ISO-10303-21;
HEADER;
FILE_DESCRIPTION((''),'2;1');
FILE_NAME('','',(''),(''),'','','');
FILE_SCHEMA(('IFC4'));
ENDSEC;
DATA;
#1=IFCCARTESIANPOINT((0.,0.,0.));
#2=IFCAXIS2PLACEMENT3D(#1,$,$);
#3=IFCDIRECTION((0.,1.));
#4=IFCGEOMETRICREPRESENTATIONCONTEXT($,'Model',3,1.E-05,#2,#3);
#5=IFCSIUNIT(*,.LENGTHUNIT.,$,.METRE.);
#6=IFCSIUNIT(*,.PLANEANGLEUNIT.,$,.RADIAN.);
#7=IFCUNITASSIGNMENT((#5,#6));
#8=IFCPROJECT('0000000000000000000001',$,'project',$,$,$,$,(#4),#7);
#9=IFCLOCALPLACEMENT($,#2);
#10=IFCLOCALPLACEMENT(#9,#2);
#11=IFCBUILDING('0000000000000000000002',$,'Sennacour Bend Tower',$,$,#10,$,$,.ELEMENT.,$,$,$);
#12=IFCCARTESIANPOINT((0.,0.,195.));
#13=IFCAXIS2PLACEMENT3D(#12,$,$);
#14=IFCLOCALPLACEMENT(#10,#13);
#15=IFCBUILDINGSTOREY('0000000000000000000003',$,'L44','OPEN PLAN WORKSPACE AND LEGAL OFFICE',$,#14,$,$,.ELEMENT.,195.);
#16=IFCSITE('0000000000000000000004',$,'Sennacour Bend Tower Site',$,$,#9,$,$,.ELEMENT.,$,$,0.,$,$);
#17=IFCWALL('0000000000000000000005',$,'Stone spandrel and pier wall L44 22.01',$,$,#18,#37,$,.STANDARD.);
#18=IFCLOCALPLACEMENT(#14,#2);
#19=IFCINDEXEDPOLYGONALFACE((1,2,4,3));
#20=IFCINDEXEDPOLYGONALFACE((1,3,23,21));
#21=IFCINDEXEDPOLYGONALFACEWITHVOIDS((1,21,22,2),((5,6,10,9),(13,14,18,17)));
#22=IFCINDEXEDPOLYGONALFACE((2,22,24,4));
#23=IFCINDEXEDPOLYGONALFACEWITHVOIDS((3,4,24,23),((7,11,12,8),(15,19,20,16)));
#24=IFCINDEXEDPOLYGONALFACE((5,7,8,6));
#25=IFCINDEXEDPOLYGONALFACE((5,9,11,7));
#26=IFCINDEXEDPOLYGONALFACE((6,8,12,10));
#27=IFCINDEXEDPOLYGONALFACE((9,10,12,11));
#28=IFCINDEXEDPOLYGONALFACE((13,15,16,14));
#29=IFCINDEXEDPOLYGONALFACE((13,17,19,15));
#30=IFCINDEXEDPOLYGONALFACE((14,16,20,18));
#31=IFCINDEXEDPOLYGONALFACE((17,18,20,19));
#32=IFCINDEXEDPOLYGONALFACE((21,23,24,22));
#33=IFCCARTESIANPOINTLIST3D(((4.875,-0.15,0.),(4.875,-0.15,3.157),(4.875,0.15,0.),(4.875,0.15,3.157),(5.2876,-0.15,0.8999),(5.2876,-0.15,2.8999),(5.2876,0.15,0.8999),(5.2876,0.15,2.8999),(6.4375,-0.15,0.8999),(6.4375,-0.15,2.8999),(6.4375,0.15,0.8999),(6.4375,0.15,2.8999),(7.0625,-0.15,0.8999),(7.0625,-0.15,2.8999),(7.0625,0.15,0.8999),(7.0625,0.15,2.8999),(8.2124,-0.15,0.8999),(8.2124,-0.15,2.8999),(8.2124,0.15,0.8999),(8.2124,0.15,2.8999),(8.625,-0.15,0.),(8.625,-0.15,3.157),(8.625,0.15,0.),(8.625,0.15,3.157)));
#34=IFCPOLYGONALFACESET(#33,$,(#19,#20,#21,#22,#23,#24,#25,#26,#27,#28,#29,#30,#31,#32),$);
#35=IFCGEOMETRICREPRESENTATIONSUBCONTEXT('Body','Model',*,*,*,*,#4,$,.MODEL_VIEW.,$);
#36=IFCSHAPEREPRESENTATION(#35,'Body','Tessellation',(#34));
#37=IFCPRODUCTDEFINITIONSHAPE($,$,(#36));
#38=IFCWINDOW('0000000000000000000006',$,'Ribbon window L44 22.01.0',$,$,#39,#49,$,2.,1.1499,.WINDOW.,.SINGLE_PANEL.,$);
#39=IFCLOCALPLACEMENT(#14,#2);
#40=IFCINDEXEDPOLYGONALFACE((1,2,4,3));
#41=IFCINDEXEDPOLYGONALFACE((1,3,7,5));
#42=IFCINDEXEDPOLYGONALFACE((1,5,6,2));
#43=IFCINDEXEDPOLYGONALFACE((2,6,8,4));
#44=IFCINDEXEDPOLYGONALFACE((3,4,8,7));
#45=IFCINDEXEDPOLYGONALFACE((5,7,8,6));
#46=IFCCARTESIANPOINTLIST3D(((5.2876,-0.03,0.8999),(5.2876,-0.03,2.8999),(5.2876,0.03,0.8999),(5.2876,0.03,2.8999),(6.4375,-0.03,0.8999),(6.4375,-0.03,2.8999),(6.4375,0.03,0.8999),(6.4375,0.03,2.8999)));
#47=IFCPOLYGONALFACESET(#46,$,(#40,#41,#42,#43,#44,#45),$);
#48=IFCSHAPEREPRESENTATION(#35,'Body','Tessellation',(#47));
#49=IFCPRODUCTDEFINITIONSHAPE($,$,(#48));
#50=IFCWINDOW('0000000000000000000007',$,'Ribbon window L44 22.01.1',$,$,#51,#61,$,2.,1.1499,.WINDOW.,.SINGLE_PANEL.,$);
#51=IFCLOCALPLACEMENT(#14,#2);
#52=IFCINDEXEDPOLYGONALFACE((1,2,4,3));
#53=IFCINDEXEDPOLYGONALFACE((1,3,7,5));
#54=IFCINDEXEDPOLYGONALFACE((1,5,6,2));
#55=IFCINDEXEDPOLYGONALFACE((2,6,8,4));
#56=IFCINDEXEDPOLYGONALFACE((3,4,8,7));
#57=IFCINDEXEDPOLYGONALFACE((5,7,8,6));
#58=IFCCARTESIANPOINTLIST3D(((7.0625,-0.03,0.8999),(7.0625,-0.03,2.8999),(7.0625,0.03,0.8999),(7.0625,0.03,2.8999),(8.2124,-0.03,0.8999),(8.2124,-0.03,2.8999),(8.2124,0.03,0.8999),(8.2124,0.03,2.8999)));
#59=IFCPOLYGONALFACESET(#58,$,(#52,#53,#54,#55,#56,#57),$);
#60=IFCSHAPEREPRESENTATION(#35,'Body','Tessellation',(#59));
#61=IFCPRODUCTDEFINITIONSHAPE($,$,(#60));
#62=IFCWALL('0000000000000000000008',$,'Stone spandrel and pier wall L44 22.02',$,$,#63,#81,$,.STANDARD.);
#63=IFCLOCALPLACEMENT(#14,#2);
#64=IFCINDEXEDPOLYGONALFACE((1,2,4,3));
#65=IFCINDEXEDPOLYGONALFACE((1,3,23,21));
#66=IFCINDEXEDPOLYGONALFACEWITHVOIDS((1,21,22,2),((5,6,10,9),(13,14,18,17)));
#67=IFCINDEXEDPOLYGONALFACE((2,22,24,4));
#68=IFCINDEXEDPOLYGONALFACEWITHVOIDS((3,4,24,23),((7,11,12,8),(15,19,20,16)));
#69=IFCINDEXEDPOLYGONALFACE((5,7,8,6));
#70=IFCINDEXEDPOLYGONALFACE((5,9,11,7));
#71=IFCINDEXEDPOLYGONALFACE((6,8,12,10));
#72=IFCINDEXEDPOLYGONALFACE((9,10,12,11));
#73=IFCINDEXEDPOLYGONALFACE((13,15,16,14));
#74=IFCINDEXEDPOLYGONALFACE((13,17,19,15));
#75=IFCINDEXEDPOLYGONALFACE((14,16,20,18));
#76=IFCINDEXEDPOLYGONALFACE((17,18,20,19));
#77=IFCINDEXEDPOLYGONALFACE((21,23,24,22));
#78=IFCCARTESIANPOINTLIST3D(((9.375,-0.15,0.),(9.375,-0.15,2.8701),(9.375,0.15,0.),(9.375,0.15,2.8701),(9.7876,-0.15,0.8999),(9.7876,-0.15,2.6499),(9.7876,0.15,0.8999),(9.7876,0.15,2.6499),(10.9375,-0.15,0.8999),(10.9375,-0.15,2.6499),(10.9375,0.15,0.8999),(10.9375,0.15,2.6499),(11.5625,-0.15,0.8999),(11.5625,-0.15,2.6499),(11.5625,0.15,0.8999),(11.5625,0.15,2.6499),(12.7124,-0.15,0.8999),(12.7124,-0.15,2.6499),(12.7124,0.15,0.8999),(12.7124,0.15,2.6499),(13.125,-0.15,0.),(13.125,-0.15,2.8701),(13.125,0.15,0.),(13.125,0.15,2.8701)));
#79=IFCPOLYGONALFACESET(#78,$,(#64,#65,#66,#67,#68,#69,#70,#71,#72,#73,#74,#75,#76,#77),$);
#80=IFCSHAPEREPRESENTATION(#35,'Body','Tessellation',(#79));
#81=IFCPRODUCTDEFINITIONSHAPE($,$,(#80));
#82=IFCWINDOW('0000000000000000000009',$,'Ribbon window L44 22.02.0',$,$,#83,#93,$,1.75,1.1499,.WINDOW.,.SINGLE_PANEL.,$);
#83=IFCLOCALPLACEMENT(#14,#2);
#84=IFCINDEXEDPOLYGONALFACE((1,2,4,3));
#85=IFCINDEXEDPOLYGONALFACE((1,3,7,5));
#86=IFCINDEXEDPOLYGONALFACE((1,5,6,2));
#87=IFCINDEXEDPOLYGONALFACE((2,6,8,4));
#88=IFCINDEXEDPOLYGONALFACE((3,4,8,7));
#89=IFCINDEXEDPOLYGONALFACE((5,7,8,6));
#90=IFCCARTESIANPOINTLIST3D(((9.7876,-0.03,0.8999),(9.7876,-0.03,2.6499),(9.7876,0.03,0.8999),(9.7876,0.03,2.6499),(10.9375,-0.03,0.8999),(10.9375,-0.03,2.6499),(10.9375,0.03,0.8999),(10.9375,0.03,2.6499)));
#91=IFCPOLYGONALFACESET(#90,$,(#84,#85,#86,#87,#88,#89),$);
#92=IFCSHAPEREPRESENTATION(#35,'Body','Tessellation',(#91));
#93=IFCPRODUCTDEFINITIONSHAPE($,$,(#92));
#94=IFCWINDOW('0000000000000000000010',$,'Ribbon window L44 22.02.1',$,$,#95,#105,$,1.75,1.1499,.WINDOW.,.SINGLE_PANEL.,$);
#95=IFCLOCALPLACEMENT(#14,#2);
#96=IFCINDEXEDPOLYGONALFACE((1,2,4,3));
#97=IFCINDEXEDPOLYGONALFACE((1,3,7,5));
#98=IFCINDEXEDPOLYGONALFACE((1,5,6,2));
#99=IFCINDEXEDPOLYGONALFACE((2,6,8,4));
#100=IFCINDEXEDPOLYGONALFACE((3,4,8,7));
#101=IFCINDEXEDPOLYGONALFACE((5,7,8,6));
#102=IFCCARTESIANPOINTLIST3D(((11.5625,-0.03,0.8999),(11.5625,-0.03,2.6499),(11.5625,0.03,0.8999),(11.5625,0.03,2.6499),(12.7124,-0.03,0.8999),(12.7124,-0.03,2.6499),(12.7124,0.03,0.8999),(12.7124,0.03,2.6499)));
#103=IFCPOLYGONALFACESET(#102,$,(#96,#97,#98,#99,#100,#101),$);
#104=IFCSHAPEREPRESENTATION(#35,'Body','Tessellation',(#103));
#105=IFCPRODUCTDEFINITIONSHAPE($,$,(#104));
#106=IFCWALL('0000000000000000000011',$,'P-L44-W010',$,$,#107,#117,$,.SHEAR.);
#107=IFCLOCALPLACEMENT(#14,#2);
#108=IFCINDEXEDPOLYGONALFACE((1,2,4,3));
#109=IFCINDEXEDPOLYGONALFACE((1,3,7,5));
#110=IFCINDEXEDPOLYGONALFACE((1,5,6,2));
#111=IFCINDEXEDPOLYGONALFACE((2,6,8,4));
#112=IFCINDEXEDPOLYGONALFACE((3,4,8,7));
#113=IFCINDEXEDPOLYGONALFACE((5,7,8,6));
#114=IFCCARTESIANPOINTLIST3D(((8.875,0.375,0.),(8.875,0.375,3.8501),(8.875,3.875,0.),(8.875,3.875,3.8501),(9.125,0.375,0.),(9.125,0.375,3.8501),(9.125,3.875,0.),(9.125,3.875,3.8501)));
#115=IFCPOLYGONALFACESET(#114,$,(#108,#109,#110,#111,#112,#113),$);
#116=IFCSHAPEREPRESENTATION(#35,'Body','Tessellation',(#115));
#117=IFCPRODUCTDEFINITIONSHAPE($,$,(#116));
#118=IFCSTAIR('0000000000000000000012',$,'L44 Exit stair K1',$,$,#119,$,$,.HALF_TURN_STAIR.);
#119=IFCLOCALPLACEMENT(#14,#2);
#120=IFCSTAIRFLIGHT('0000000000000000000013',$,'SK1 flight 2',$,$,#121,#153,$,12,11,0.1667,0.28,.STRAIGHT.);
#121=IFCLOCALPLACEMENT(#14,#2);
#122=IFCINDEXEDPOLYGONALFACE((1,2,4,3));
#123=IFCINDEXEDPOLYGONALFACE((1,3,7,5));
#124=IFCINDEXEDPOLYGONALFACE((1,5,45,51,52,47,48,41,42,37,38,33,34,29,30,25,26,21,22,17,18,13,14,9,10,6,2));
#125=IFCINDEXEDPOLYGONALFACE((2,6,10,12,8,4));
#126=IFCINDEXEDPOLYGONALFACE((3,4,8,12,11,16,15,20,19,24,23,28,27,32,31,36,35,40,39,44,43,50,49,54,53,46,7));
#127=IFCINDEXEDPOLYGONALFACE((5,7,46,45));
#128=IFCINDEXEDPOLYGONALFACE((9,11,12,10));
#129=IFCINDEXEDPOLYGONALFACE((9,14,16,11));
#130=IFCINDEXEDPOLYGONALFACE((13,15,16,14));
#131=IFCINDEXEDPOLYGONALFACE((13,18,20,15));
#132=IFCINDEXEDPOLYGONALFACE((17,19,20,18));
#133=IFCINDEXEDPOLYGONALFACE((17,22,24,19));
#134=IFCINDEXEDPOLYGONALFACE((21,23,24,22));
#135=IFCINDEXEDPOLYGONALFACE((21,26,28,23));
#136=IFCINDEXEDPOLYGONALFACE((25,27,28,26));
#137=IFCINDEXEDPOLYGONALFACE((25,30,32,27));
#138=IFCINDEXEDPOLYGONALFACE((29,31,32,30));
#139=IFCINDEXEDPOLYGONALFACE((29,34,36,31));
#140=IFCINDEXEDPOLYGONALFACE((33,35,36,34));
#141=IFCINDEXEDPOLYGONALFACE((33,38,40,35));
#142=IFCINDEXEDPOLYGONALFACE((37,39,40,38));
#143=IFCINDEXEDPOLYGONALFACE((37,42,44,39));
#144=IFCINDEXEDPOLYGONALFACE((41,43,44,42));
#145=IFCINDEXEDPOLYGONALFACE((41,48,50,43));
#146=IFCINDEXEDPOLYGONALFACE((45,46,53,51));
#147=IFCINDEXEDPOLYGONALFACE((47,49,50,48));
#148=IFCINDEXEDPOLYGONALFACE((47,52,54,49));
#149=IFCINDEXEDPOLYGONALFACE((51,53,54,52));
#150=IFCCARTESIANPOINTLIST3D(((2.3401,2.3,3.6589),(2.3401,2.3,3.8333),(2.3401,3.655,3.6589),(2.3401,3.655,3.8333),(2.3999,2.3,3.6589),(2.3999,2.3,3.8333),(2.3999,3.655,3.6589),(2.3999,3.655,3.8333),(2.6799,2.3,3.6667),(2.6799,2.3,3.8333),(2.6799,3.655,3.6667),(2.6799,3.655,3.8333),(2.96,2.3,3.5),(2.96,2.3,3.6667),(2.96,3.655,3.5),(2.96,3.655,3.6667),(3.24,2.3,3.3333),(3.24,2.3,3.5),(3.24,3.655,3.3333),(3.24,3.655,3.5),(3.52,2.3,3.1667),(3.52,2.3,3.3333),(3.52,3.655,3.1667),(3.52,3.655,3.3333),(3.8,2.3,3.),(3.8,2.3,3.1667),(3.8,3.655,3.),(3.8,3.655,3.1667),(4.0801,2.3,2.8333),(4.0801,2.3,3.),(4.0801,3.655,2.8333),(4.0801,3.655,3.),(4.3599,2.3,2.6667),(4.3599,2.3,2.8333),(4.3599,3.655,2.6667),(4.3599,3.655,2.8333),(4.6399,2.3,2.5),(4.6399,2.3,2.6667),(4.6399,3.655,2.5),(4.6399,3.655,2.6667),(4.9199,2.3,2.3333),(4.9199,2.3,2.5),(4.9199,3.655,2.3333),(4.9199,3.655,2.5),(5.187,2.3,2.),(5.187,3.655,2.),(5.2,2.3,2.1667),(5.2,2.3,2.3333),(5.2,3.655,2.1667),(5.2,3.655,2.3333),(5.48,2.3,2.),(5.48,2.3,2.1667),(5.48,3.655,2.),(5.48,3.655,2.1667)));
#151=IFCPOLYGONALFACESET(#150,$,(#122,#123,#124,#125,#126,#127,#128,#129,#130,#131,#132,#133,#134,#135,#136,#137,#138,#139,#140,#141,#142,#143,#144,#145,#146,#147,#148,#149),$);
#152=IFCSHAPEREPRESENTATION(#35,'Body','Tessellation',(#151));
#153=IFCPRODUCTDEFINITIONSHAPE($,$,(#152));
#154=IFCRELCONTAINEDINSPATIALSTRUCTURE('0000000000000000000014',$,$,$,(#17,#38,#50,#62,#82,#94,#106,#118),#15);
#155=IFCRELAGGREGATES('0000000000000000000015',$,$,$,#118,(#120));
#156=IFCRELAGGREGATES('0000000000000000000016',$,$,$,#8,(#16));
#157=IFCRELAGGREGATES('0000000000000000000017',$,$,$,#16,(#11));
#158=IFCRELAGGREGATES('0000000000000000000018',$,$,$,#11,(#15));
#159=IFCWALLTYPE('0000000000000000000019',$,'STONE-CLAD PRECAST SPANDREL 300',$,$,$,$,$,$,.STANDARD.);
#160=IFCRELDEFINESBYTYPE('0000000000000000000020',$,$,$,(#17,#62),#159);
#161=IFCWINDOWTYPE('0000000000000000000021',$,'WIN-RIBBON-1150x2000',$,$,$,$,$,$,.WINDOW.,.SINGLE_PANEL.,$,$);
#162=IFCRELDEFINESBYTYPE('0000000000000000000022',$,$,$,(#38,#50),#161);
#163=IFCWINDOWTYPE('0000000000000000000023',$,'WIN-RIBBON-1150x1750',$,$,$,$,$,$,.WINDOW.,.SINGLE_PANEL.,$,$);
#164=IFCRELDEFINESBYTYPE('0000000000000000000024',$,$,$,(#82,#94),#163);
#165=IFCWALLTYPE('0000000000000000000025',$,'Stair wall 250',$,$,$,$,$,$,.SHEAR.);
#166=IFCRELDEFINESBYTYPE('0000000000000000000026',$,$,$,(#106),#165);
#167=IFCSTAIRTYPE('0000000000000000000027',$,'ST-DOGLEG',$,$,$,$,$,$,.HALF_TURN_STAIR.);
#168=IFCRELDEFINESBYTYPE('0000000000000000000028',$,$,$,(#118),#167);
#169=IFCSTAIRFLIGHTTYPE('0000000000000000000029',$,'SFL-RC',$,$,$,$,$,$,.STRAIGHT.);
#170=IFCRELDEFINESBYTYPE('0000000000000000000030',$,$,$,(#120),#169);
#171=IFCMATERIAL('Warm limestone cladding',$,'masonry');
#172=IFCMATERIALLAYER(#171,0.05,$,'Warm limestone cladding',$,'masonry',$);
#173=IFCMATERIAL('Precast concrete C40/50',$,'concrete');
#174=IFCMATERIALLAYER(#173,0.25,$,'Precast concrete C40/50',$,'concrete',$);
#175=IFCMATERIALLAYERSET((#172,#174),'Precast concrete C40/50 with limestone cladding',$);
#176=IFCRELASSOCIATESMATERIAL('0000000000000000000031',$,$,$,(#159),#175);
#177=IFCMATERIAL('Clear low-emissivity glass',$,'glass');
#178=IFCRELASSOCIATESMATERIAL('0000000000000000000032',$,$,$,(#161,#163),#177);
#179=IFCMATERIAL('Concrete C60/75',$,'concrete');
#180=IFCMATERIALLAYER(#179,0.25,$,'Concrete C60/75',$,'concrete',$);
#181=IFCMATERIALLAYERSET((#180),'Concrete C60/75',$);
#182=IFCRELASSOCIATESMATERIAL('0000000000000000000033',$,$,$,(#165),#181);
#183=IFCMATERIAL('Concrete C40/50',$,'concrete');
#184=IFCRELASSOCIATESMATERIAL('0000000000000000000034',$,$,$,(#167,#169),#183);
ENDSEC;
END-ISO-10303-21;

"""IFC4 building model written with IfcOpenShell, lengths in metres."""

from ifc_helpers import new_model, si_unit, direction, frame, frame_2d, origin, place, context, subcontext, project, spatial, polyline, rectangle, outline, extrude, material, layer, layer_set, type_object, element, fill, aggregate, save


model = new_model("IFC4")

# Units and contexts
model_context = context("Model", 3, precision=1e-05, world=origin(), true_north=direction((0.0, 1.0)))
body_context = subcontext(model_context, "Body", "Model", "MODEL_VIEW")
ifc_project = project(units=[si_unit("LENGTHUNIT", "METRE"), si_unit("PLANEANGLEUNIT", "RADIAN")], contexts=[model_context])

# Site, building, storey
site_placement = place(None, origin())
site = spatial("IfcSite", under=ifc_project, at=site_placement, Name="Sennacour Bend Tower Site", CompositionType="ELEMENT", RefElevation=0.0)
building_placement = place(site_placement, origin())
building = spatial("IfcBuilding", under=site, at=building_placement, Name="Sennacour Bend Tower", CompositionType="ELEMENT")
storey_placement = place(building_placement, frame((0.0, 0.0, 195.0)))
storey = spatial("IfcBuildingStorey", under=building, at=storey_placement, Name="L44", Description="OPEN PLAN WORKSPACE AND LEGAL OFFICE", CompositionType="ELEMENT", Elevation=195.0)

# Walls, openings, windows
ifc_material_1 = material(Name="Warm limestone cladding", Category="masonry")
ifc_layer_1 = layer(ifc_material_1, 0.05, Name="Warm limestone cladding", Category="masonry")
ifc_material_2 = material(Name="Precast concrete C40/50", Category="concrete")
ifc_layer_2 = layer(ifc_material_2, 0.25, Name="Precast concrete C40/50", Category="concrete")
ifc_layer_set_1 = layer_set([ifc_layer_1, ifc_layer_2], Name="Precast concrete C40/50 with limestone cladding")
wall_type_1 = type_object("IfcWallType", Name="STONE-CLAD PRECAST SPANDREL 300", PredefinedType="STANDARD", material=ifc_layer_set_1)
wall_1_placement = place(storey_placement, frame((4.875, 0.0, 0.0), z_axis=(0.0, 0.0, 1.0), x_axis=(1.0, 0.0, 0.0)))
wall_1 = element("IfcWall", 1, at=wall_1_placement, inside=storey, type_object=wall_type_1, Name="Stone spandrel and pier wall L44 22.01", PredefinedType="STANDARD", context=body_context, shape_type="SweptSolid", body=[
    extrude(rectangle(XDim=3.75, YDim=0.3, at=frame_2d((1.875, 0.0))), origin(), (0.0, 0.0, 1.0), 3.157),
])
opening_1_placement = place(wall_1_placement, frame((0.4126, 0.0, 0.8999)))
opening_1 = element("IfcOpeningElement", 2, at=opening_1_placement, cuts=wall_1, PredefinedType="OPENING", context=body_context, shape_type="SweptSolid", body=[
    extrude(rectangle(XDim=1.1499, YDim=2.0, at=frame_2d((0.575, 1.0))), frame((0.0, 0.1602, 0.0), z_axis=(0.0, -1.0, 0.0), x_axis=(1.0, 0.0, 0.0)), (0.0, 0.0, 1.0), 0.3201),
])
opening_2_placement = place(wall_1_placement, frame((2.1875, 0.0, 0.8999)))
opening_2 = element("IfcOpeningElement", 3, at=opening_2_placement, cuts=wall_1, PredefinedType="OPENING", context=body_context, shape_type="SweptSolid", body=[
    extrude(rectangle(XDim=1.1499, YDim=2.0, at=frame_2d((0.575, 1.0))), frame((0.0, 0.1602, 0.0), z_axis=(0.0, -1.0, 0.0), x_axis=(1.0, 0.0, 0.0)), (0.0, 0.0, 1.0), 0.3201),
])
ifc_material_3 = material(Name="Clear low-emissivity glass", Category="glass")
window_type_1 = type_object("IfcWindowType", Name="WIN-RIBBON-1150x2000", PartitioningType="SINGLE_PANEL", PredefinedType="WINDOW", material=ifc_material_3)
window_1_placement = place(opening_1_placement, origin())
window_1 = element("IfcWindow", 4, at=window_1_placement, inside=storey, type_object=window_type_1, Name="Ribbon window L44 22.01.0", OverallHeight=2.0, OverallWidth=1.1499, PartitioningType="SINGLE_PANEL", PredefinedType="WINDOW", context=body_context, shape_type="SweptSolid", body=[
    extrude(rectangle(XDim=1.1499, YDim=2.0, at=frame_2d((0.575, 1.0))), frame((0.0, 0.03, 0.0), z_axis=(0.0, -1.0, 0.0), x_axis=(1.0, 0.0, 0.0)), (0.0, 0.0, 1.0), 0.0601),
])
fill(opening_1, window_1)
window_2_placement = place(opening_2_placement, origin())
window_2 = element("IfcWindow", 5, at=window_2_placement, inside=storey, type_object=window_type_1, Name="Ribbon window L44 22.01.1", OverallHeight=2.0, OverallWidth=1.1499, PartitioningType="SINGLE_PANEL", PredefinedType="WINDOW", context=body_context, shape_type="SweptSolid", body=[
    extrude(rectangle(XDim=1.1499, YDim=2.0, at=frame_2d((0.575, 1.0))), frame((0.0, 0.03, 0.0), z_axis=(0.0, -1.0, 0.0), x_axis=(1.0, 0.0, 0.0)), (0.0, 0.0, 1.0), 0.0601),
])
fill(opening_2, window_2)
wall_2_placement = place(storey_placement, frame((9.375, 0.0, 0.0), z_axis=(0.0, 0.0, 1.0), x_axis=(1.0, 0.0, 0.0)))
wall_2 = element("IfcWall", 6, at=wall_2_placement, inside=storey, type_object=wall_type_1, Name="Stone spandrel and pier wall L44 22.02", PredefinedType="STANDARD", context=body_context, shape_type="SweptSolid", body=[
    extrude(rectangle(XDim=3.75, YDim=0.3, at=frame_2d((1.875, 0.0))), origin(), (0.0, 0.0, 1.0), 2.8701),
])
opening_3_placement = place(wall_2_placement, frame((0.4126, 0.0, 0.8999)))
opening_3 = element("IfcOpeningElement", 7, at=opening_3_placement, cuts=wall_2, PredefinedType="OPENING", context=body_context, shape_type="SweptSolid", body=[
    extrude(rectangle(XDim=1.1499, YDim=1.75, at=frame_2d((0.575, 0.875))), frame((0.0, 0.1602, 0.0), z_axis=(0.0, -1.0, 0.0), x_axis=(1.0, 0.0, 0.0)), (0.0, 0.0, 1.0), 0.3201),
])
opening_4_placement = place(wall_2_placement, frame((2.1875, 0.0, 0.8999)))
opening_4 = element("IfcOpeningElement", 8, at=opening_4_placement, cuts=wall_2, PredefinedType="OPENING", context=body_context, shape_type="SweptSolid", body=[
    extrude(rectangle(XDim=1.1499, YDim=1.75, at=frame_2d((0.575, 0.875))), frame((0.0, 0.1602, 0.0), z_axis=(0.0, -1.0, 0.0), x_axis=(1.0, 0.0, 0.0)), (0.0, 0.0, 1.0), 0.3201),
])
window_type_2 = type_object("IfcWindowType", Name="WIN-RIBBON-1150x1750", PartitioningType="SINGLE_PANEL", PredefinedType="WINDOW", material=ifc_material_3)
window_3_placement = place(opening_3_placement, origin())
window_3 = element("IfcWindow", 9, at=window_3_placement, inside=storey, type_object=window_type_2, Name="Ribbon window L44 22.02.0", OverallHeight=1.75, OverallWidth=1.1499, PartitioningType="SINGLE_PANEL", PredefinedType="WINDOW", context=body_context, shape_type="SweptSolid", body=[
    extrude(rectangle(XDim=1.1499, YDim=1.75, at=frame_2d((0.575, 0.875))), frame((0.0, 0.03, 0.0), z_axis=(0.0, -1.0, 0.0), x_axis=(1.0, 0.0, 0.0)), (0.0, 0.0, 1.0), 0.0601),
])
fill(opening_3, window_3)
window_4_placement = place(opening_4_placement, origin())
window_4 = element("IfcWindow", 10, at=window_4_placement, inside=storey, type_object=window_type_2, Name="Ribbon window L44 22.02.1", OverallHeight=1.75, OverallWidth=1.1499, PartitioningType="SINGLE_PANEL", PredefinedType="WINDOW", context=body_context, shape_type="SweptSolid", body=[
    extrude(rectangle(XDim=1.1499, YDim=1.75, at=frame_2d((0.575, 0.875))), frame((0.0, 0.03, 0.0), z_axis=(0.0, -1.0, 0.0), x_axis=(1.0, 0.0, 0.0)), (0.0, 0.0, 1.0), 0.0601),
])
fill(opening_4, window_4)

# Wall
ifc_material_4 = material(Name="Concrete C60/75", Category="concrete")
ifc_layer_3 = layer(ifc_material_4, 0.25, Name="Concrete C60/75", Category="concrete")
ifc_layer_set_2 = layer_set([ifc_layer_3], Name="Concrete C60/75")
wall_type_2 = type_object("IfcWallType", Name="Stair wall 250", PredefinedType="SHEAR", material=ifc_layer_set_2)
wall_3_placement = place(storey_placement, frame((9.0, 0.375, 0.0), z_axis=(0.0, 0.0, 1.0), x_axis=(0.0, 1.0, 0.0)))
element("IfcWall", 11, at=wall_3_placement, inside=storey, type_object=wall_type_2, Name="P-L44-W010", PredefinedType="SHEAR", context=body_context, shape_type="SweptSolid", body=[
    extrude(rectangle(XDim=3.5, YDim=0.25, at=frame_2d((1.75, 0.0))), origin(), (0.0, 0.0, 1.0), 3.8501),
])

# Stair, stair flight
ifc_material_5 = material(Name="Concrete C40/50", Category="concrete")
stair_type = type_object("IfcStairType", Name="ST-DOGLEG", PredefinedType="HALF_TURN_STAIR", material=ifc_material_5)
stair_placement = place(storey_placement, origin())
stair = element("IfcStair", 12, at=stair_placement, inside=storey, type_object=stair_type, Name="L44 Exit stair K1", PredefinedType="HALF_TURN_STAIR")
stair_flight_type = type_object("IfcStairFlightType", Name="SFL-RC", PredefinedType="STRAIGHT", material=ifc_material_5)
stair_flight_placement = place(storey_placement, frame((5.48, 2.9775, 2.0), z_axis=(0.0, 0.0, 1.0), x_axis=(-1.0, 0.0, 0.0)))
stair_flight = element("IfcStairFlight", 13, at=stair_flight_placement, type_object=stair_flight_type, Name="SK1 flight 2", NumberOfRisers=12, NumberOfTreads=11, PredefinedType="STRAIGHT", RiserHeight=0.1667, TreadLength=0.28, context=body_context, shape_type="SweptSolid", body=[
    extrude(outline(polyline([(0.0, 0.0), (0.0, 0.1667), (0.28, 0.1667), (0.28, 0.3333), (0.5601, 0.3333), (0.5601, 0.5), (0.8401, 0.5), (0.8401, 0.6667), (1.1201, 0.6667), (1.1201, 0.8333), (1.3999, 0.8333), (1.3999, 1.0), (1.6799, 1.0), (1.6799, 1.1667), (1.96, 1.1667), (1.96, 1.3333), (2.24, 1.3333), (2.24, 1.5), (2.52, 1.5), (2.52, 1.6667), (2.8, 1.6667), (2.8, 1.8333), (3.0801, 1.8333), (3.1399, 1.8333), (3.1399, 1.6589), (3.0801, 1.6589), (0.293, 0.0), (0.0, 0.0)])), frame((0.0, 0.6775, 0.0), z_axis=(0.0, -1.0, 0.0), x_axis=(1.0, 0.0, 0.0)), (0.0, 0.0, 1.0), 1.355),
])
aggregate(stair, [stair_flight])

save(model, "model.ifc")
